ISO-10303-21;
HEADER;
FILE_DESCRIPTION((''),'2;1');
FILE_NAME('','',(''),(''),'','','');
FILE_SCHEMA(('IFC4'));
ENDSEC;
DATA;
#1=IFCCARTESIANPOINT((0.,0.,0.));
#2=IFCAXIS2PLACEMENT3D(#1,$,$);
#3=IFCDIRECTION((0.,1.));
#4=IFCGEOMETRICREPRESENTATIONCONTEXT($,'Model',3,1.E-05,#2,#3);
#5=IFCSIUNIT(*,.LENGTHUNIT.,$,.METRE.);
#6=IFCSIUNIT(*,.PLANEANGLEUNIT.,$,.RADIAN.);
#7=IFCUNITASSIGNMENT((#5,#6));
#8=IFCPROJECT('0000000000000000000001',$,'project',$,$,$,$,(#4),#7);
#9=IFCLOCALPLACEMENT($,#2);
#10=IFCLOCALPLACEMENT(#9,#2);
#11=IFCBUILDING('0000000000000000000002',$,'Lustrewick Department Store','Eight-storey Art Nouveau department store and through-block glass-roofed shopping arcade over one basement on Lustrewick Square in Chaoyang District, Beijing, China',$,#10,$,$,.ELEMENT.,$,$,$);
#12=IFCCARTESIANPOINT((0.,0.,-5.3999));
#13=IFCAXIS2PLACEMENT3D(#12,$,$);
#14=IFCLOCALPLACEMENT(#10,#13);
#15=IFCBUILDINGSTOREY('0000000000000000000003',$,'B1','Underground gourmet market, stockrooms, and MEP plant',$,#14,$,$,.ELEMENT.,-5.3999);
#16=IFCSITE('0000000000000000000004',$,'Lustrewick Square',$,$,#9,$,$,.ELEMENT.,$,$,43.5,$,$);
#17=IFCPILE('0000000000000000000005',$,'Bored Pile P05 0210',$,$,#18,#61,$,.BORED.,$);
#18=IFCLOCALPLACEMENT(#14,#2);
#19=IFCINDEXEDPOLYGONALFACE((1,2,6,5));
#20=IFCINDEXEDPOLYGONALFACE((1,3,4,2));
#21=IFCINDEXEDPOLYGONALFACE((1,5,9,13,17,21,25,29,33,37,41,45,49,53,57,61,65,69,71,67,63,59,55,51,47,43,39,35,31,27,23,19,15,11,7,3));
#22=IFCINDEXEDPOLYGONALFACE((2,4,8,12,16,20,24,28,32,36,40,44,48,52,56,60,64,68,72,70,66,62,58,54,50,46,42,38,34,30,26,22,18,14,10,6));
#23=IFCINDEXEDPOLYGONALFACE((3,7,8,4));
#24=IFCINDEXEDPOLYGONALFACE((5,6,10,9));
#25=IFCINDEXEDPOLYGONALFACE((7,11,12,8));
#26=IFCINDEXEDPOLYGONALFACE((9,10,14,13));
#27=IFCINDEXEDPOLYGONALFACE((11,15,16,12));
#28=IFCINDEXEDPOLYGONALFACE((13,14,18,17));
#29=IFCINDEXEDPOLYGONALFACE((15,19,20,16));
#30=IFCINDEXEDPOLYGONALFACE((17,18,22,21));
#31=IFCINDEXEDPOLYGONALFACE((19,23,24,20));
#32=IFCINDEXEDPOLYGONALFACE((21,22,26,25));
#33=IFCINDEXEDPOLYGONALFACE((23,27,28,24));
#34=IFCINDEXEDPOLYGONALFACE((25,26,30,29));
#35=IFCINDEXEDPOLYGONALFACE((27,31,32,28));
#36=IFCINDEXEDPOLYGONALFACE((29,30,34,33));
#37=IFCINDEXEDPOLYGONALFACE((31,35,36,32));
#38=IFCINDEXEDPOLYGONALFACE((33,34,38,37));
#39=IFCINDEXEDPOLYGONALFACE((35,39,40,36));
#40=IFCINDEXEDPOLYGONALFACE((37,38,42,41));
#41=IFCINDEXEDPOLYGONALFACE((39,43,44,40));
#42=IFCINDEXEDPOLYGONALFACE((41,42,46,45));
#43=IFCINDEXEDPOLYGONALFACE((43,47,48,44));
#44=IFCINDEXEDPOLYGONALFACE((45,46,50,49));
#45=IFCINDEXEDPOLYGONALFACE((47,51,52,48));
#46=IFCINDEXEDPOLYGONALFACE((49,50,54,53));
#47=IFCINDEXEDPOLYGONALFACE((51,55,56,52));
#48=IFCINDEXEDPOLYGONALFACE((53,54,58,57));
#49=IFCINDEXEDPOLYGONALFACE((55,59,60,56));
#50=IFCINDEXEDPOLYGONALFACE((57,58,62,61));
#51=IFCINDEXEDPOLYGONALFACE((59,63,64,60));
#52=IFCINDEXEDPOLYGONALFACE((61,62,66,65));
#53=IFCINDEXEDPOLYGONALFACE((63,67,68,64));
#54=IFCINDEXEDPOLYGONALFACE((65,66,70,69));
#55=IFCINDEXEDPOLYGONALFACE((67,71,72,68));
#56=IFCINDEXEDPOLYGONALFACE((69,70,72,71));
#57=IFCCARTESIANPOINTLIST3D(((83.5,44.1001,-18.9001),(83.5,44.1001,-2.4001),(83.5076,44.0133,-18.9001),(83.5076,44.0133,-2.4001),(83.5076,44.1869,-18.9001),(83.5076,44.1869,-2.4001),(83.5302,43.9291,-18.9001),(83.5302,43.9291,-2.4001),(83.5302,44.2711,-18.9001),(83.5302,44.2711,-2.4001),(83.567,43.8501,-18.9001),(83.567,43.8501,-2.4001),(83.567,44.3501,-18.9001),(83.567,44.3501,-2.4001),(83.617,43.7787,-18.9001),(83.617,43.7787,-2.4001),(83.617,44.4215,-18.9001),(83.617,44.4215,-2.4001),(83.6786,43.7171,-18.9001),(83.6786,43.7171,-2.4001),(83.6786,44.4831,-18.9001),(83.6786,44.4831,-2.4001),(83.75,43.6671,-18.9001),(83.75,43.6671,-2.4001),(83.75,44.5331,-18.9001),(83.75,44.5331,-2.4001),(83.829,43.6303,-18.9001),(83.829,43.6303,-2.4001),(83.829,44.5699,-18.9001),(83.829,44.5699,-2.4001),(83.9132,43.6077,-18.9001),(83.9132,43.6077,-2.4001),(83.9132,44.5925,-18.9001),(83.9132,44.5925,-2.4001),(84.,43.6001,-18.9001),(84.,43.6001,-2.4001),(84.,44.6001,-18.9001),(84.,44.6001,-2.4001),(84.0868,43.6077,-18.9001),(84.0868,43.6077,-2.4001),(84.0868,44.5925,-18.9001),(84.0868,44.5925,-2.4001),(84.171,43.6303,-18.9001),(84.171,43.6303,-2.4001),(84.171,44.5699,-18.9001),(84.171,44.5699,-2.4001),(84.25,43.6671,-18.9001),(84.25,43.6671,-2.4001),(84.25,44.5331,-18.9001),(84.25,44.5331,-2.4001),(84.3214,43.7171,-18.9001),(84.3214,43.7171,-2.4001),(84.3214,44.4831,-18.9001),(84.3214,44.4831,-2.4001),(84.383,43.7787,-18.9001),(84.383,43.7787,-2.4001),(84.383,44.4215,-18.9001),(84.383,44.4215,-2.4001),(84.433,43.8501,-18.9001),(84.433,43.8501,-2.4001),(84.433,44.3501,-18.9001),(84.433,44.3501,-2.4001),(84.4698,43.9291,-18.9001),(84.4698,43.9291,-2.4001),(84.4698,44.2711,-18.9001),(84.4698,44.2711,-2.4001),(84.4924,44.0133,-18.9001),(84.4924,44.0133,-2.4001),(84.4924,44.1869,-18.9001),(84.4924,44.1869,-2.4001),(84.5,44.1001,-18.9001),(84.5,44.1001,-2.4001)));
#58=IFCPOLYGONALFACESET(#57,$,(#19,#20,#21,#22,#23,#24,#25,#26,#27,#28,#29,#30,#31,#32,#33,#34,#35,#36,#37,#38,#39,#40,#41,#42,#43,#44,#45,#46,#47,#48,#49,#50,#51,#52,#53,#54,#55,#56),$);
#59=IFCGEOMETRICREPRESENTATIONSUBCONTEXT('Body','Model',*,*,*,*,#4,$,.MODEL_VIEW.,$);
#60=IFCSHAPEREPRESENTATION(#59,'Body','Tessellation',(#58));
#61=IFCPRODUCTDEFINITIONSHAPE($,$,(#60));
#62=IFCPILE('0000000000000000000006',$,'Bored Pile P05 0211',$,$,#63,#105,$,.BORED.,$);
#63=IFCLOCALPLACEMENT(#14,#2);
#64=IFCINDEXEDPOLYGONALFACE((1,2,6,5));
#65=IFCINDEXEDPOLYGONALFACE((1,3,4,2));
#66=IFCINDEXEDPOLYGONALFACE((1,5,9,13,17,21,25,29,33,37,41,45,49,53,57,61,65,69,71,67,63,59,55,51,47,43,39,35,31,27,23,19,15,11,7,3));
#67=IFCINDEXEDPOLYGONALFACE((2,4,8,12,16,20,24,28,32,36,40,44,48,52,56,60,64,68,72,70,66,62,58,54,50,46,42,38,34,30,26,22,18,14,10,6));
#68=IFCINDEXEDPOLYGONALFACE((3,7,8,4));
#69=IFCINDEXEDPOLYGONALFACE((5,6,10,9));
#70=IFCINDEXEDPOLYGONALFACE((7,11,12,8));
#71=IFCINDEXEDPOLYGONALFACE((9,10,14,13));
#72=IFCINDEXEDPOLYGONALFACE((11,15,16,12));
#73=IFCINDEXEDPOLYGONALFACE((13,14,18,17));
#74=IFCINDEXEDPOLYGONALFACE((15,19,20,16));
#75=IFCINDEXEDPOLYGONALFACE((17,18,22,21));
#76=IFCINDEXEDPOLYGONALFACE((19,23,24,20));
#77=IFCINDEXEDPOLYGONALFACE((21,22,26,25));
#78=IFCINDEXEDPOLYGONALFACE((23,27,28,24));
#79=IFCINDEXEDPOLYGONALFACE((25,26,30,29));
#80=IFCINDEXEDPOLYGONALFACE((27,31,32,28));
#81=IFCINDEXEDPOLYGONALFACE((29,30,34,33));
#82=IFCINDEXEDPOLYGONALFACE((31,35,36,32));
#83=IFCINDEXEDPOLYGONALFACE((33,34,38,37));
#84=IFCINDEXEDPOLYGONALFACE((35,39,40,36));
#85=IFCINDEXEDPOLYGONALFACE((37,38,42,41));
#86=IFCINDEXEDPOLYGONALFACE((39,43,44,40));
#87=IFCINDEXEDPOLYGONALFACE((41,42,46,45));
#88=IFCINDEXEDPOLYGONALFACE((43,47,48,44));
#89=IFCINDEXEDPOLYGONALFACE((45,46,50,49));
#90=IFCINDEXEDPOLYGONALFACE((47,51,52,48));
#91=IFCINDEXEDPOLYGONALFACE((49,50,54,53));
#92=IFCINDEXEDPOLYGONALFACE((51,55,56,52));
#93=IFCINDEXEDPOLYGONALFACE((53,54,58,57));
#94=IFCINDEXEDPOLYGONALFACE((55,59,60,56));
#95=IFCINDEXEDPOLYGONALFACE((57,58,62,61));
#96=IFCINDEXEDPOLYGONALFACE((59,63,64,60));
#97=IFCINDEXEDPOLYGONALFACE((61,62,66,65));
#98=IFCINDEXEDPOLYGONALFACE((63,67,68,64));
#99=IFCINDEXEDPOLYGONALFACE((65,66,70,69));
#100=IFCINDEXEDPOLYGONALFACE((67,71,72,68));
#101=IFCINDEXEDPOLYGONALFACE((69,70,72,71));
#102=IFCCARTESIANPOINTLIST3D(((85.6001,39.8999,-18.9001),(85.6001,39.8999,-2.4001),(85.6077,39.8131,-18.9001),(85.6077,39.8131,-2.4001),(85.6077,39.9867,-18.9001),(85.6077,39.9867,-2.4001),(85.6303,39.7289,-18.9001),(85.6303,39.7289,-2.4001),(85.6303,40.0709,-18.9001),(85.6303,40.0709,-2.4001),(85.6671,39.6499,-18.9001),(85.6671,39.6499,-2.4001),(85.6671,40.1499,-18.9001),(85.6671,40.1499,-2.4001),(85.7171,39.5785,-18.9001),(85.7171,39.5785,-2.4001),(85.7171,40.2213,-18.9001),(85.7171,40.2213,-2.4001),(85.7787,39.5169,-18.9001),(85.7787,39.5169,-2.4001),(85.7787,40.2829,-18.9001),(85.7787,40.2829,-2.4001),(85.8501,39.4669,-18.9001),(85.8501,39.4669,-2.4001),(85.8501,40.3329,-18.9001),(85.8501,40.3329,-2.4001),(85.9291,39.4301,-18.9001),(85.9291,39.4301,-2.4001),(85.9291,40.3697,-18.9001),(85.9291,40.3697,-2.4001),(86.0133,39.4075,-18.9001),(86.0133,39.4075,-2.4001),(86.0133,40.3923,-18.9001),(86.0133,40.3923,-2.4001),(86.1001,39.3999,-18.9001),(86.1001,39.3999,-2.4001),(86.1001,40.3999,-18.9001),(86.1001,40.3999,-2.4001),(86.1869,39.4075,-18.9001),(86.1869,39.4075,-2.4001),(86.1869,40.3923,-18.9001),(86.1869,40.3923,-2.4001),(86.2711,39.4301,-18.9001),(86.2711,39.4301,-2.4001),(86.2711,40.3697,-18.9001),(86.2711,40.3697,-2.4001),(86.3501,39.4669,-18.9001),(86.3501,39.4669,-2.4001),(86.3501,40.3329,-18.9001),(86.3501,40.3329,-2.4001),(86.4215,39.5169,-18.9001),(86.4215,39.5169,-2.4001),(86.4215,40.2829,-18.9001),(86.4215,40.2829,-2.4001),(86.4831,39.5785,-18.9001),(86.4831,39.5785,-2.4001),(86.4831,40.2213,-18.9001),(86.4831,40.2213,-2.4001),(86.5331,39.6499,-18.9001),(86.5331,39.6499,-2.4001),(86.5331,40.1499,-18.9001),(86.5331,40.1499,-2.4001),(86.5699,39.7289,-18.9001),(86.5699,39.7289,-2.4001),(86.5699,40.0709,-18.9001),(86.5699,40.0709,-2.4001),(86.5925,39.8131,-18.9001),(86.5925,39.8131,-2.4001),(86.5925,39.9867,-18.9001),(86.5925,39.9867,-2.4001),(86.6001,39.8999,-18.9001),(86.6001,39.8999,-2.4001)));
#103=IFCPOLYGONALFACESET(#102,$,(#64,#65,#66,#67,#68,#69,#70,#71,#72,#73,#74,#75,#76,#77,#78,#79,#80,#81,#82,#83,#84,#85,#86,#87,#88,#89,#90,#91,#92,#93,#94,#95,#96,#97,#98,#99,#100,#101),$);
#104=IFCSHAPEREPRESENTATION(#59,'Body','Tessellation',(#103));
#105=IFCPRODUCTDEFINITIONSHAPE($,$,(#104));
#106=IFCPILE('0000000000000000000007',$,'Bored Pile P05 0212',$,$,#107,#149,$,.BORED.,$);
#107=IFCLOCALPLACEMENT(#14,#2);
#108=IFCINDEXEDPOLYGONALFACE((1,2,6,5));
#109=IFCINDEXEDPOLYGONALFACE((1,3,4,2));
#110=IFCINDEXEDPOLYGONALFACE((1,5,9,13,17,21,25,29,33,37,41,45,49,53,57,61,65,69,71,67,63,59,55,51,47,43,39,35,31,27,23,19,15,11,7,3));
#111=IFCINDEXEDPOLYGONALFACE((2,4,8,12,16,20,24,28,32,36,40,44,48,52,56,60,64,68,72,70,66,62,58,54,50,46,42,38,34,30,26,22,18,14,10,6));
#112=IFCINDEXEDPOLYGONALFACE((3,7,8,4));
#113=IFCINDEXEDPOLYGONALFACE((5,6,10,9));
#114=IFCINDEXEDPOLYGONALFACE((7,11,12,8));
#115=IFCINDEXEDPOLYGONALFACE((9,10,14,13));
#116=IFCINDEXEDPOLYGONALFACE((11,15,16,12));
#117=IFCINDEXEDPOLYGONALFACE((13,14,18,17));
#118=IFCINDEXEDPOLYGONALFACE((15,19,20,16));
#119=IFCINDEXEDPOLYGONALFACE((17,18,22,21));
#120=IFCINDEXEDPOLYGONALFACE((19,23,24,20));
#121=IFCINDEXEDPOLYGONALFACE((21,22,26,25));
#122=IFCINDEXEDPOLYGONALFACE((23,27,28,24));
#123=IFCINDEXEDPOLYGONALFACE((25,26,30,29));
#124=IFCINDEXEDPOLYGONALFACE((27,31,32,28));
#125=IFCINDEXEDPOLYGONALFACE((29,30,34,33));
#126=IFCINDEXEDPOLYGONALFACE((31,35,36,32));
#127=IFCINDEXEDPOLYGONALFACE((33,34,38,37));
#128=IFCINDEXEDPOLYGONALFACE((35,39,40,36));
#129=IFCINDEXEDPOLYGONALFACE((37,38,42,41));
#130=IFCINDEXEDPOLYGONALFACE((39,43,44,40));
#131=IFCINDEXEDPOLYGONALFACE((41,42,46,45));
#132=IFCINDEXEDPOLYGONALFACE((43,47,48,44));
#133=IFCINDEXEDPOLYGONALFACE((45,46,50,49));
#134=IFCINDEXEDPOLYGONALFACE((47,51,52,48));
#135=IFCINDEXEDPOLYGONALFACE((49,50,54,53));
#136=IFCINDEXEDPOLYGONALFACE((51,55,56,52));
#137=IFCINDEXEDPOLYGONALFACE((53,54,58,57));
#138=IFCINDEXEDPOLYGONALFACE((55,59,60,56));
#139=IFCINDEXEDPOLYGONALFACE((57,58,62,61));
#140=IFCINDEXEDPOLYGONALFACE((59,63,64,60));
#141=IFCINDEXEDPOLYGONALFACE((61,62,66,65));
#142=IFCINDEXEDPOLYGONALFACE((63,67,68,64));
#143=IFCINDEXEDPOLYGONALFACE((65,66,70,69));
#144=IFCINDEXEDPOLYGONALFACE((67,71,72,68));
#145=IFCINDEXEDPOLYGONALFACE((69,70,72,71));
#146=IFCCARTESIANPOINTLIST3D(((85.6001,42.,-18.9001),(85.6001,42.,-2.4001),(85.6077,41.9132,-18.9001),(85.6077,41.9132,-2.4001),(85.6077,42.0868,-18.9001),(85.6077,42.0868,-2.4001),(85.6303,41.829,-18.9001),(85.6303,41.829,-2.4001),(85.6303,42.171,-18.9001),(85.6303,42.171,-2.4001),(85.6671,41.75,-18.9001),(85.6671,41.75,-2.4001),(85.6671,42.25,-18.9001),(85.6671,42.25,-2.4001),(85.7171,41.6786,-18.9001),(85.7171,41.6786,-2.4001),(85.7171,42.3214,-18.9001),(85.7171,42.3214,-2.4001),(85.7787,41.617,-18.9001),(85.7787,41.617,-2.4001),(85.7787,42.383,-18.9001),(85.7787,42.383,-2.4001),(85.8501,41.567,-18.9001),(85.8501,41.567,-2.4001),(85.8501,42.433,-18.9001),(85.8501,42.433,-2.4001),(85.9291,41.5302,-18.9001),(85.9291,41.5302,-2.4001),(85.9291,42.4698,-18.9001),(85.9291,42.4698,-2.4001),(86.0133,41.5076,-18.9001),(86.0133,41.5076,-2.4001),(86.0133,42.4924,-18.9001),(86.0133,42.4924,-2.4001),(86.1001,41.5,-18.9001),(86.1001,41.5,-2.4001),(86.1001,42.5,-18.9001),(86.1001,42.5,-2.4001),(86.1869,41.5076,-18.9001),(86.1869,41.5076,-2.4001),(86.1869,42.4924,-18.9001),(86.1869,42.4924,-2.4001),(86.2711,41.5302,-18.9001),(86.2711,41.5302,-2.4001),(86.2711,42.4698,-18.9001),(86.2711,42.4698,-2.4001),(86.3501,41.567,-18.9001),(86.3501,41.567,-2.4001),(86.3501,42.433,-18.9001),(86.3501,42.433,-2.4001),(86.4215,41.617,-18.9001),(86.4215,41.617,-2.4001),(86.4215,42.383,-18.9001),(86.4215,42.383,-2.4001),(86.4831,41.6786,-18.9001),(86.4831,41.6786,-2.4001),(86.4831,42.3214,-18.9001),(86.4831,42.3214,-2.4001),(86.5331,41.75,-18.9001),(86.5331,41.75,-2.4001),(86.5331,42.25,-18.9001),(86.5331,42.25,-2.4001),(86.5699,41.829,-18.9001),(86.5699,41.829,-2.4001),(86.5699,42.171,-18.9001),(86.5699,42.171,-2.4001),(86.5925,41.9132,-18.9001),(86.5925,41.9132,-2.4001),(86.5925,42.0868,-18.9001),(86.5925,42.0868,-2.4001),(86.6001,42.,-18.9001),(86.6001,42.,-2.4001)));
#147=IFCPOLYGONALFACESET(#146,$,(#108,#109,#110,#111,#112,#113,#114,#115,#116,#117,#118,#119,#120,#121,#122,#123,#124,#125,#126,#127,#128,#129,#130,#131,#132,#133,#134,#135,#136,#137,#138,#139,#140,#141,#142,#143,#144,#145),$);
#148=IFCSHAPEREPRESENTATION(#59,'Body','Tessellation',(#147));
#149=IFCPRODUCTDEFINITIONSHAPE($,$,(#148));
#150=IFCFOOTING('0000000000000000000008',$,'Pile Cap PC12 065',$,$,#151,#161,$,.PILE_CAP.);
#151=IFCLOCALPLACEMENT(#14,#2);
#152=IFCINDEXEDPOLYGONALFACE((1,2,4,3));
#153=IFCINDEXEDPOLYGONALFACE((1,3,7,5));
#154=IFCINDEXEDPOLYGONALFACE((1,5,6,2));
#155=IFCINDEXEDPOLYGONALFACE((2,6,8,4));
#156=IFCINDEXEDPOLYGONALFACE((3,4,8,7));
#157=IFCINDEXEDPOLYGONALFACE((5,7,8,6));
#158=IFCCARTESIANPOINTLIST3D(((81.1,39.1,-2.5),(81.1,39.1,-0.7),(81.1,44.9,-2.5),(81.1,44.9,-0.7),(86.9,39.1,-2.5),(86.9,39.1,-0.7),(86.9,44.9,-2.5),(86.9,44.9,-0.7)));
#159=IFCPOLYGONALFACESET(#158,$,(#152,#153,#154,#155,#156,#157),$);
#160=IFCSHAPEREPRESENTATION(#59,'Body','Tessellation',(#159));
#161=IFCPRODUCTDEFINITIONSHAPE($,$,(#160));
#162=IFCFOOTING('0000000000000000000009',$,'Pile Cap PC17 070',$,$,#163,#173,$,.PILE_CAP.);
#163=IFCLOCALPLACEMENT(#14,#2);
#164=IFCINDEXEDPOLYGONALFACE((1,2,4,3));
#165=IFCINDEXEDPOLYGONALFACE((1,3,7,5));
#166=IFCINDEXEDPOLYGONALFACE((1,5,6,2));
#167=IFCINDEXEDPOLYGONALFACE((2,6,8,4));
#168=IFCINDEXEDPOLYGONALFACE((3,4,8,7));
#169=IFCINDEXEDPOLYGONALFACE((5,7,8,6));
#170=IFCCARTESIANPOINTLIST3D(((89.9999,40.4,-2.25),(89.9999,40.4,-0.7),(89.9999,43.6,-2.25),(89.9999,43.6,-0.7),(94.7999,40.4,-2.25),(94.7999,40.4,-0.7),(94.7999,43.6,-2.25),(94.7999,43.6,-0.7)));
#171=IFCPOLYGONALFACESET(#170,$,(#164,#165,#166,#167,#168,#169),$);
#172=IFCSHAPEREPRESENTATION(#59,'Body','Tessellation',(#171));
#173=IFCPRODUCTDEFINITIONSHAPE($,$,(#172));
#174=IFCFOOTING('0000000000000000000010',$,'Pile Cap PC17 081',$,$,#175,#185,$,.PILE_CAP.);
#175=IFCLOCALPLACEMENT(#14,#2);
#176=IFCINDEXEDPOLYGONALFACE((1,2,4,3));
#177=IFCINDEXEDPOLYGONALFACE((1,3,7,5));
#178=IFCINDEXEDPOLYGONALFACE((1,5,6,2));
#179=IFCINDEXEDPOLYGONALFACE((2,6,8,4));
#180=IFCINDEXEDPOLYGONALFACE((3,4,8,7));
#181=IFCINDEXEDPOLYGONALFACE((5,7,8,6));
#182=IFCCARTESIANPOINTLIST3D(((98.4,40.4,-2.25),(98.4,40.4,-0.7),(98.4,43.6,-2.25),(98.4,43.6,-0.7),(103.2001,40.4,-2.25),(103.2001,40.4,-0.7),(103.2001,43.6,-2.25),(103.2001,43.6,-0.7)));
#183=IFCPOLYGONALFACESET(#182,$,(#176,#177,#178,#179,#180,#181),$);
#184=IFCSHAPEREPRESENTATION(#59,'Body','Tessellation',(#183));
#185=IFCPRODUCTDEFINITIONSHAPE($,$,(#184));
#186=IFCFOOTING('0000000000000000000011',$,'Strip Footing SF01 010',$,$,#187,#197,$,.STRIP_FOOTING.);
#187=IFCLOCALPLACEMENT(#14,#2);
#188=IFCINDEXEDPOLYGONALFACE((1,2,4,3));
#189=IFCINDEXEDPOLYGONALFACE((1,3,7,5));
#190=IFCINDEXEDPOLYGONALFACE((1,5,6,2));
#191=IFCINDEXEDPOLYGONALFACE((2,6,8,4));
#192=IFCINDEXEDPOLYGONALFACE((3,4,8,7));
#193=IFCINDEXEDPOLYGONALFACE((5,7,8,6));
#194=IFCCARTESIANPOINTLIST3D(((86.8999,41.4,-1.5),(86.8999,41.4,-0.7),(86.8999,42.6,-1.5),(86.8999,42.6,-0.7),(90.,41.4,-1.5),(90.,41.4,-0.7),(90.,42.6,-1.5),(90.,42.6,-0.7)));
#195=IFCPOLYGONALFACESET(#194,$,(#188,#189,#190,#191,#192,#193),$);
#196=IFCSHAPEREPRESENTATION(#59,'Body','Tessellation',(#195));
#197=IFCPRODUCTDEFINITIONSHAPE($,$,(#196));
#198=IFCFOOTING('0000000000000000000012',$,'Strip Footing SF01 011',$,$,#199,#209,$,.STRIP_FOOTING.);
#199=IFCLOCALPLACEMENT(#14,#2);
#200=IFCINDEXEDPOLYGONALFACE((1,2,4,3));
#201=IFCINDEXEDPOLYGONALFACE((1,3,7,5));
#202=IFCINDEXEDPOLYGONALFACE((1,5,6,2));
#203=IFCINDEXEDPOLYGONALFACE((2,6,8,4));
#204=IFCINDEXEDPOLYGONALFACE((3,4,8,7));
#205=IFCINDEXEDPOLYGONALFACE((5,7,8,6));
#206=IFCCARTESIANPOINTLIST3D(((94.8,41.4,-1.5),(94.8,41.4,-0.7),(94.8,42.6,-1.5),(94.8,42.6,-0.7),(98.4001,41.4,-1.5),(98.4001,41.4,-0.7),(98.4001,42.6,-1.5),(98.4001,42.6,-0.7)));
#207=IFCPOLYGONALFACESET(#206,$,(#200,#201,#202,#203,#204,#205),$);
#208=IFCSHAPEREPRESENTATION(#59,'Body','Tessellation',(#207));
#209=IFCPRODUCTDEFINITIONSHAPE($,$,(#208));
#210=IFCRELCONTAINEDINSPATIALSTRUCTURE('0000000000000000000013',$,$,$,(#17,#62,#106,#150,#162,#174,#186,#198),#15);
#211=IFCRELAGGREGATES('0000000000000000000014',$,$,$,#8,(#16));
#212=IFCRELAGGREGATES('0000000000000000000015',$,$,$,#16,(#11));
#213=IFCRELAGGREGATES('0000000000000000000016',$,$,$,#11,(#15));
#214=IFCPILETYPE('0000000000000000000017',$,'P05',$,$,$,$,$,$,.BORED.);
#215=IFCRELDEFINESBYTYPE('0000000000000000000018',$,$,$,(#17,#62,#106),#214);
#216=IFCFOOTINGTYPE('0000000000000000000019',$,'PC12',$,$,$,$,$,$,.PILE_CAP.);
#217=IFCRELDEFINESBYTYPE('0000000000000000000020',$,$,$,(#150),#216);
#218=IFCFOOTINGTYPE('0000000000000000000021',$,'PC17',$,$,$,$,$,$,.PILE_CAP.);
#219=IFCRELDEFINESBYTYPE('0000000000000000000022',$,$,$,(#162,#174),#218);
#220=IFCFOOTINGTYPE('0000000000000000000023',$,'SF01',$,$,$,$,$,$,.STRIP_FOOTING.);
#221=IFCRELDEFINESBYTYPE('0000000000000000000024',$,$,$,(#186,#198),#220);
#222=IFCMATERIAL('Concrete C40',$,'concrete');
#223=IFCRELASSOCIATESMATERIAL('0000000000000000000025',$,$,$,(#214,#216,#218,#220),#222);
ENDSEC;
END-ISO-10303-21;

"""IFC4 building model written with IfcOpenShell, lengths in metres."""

from ifc_helpers import new_model, si_unit, direction, frame, origin, origin_2d, place, context, subcontext, project, spatial, rectangle, circle, extrude, material, material_profile, profile_set, type_object, element, save


model = new_model("IFC4")

# Units and contexts
model_context = context("Model", 3, precision=1e-05, world=origin(), true_north=direction((0.0, 1.0)))
body_context = subcontext(model_context, "Body", "Model", "MODEL_VIEW")
ifc_project = project(units=[si_unit("LENGTHUNIT", "METRE"), si_unit("PLANEANGLEUNIT", "RADIAN")], contexts=[model_context])

# Site, building, storey
site_placement = place(None, origin())
site = spatial("IfcSite", under=ifc_project, at=site_placement, Name="Lustrewick Square", CompositionType="ELEMENT", RefElevation=43.5)
building_placement = place(site_placement, origin())
building = spatial("IfcBuilding", under=site, at=building_placement, Name="Lustrewick Department Store", Description="Eight-storey Art Nouveau department store and through-block glass-roofed shopping arcade over one basement on Lustrewick Square in Chaoyang District, Beijing, China", CompositionType="ELEMENT")
storey_placement = place(building_placement, frame((0.0, 0.0, -5.3999)))
storey = spatial("IfcBuildingStorey", under=building, at=storey_placement, Name="B1", Description="Underground gourmet market, stockrooms, and MEP plant", CompositionType="ELEMENT", Elevation=-5.3999)

# Piles
ifc_material_1 = material(Name="Concrete C40", Category="concrete")
ifc_material_profile_1 = material_profile(ifc_material_1, circle(Radius=0.5, at=origin_2d()), Name="PILE D1000")
ifc_profile_set_1 = profile_set([ifc_material_profile_1], Name="Concrete C40")
pile_type_1 = type_object("IfcPileType", Name="P05", PredefinedType="BORED", material=ifc_profile_set_1)
for number, where, z_axis, x_axis, name in (
    (1, (84.0, 44.1001, -2.4001), (0.0, 0.0, -1.0), (1.0, 0.0, 0.0), "Bored Pile P05 0210"),
    (2, (86.1001, 39.8999, -2.4001), (0.0, 0.0, -1.0), (1.0, 0.0, 0.0), "Bored Pile P05 0211"),
    (3, (86.1001, 42.0, -2.4001), (0.0, 0.0, -1.0), (1.0, 0.0, 0.0), "Bored Pile P05 0212"),
):
    element("IfcPile", number, at=place(storey_placement, frame(where, z_axis=z_axis, x_axis=x_axis)), inside=storey, type_object=pile_type_1, Name=name, PredefinedType="BORED", context=body_context, shape_type="SweptSolid", body=[
        extrude(circle(Radius=0.5, at=origin_2d()), origin(), (0.0, 0.0, 1.0), 16.5),
    ])

# Footings
footing_type_1 = type_object("IfcFootingType", Name="PC12", PredefinedType="PILE_CAP", material=ifc_material_1)
footing_1_placement = place(storey_placement, frame((84.0, 42.0, -2.5), z_axis=(0.0, 0.0, 1.0), x_axis=(1.0, 0.0, 0.0)))
element("IfcFooting", 4, at=footing_1_placement, inside=storey, type_object=footing_type_1, Name="Pile Cap PC12 065", PredefinedType="PILE_CAP", context=body_context, shape_type="SweptSolid", body=[
    extrude(rectangle(XDim=5.8, YDim=5.8, at=origin_2d()), origin(), (0.0, 0.0, 1.0), 1.8),
])
footing_type_2 = type_object("IfcFootingType", Name="PC17", PredefinedType="PILE_CAP", material=ifc_material_1)
for number, where, z_axis, x_axis, name in (
    (5, (92.3999, 42.0, -2.25), (0.0, 0.0, 1.0), (1.0, 0.0, 0.0), "Pile Cap PC17 070"),
    (6, (100.8, 42.0, -2.25), (0.0, 0.0, 1.0), (1.0, 0.0, 0.0), "Pile Cap PC17 081"),
):
    element("IfcFooting", number, at=place(storey_placement, frame(where, z_axis=z_axis, x_axis=x_axis)), inside=storey, type_object=footing_type_2, Name=name, PredefinedType="PILE_CAP", context=body_context, shape_type="SweptSolid", body=[
        extrude(rectangle(XDim=4.8, YDim=3.2, at=origin_2d()), origin(), (0.0, 0.0, 1.0), 1.55),
    ])
footing_type_3 = type_object("IfcFootingType", Name="SF01", PredefinedType="STRIP_FOOTING", material=ifc_material_1)
footing_2_placement = place(storey_placement, frame((88.45, 42.0, -1.5), z_axis=(0.0, 0.0, 1.0), x_axis=(1.0, 0.0, 0.0)))
element("IfcFooting", 7, at=footing_2_placement, inside=storey, type_object=footing_type_3, Name="Strip Footing SF01 010", PredefinedType="STRIP_FOOTING", context=body_context, shape_type="SweptSolid", body=[
    extrude(rectangle(XDim=3.1001, YDim=1.2, at=origin_2d()), origin(), (0.0, 0.0, 1.0), 0.8),
])
footing_3_placement = place(storey_placement, frame((96.6001, 42.0, -1.5), z_axis=(0.0, 0.0, 1.0), x_axis=(1.0, 0.0, 0.0)))
element("IfcFooting", 8, at=footing_3_placement, inside=storey, type_object=footing_type_3, Name="Strip Footing SF01 011", PredefinedType="STRIP_FOOTING", context=body_context, shape_type="SweptSolid", body=[
    extrude(rectangle(XDim=3.6001, YDim=1.2, at=origin_2d()), origin(), (0.0, 0.0, 1.0), 0.8),
])

save(model, "model.ifc")
